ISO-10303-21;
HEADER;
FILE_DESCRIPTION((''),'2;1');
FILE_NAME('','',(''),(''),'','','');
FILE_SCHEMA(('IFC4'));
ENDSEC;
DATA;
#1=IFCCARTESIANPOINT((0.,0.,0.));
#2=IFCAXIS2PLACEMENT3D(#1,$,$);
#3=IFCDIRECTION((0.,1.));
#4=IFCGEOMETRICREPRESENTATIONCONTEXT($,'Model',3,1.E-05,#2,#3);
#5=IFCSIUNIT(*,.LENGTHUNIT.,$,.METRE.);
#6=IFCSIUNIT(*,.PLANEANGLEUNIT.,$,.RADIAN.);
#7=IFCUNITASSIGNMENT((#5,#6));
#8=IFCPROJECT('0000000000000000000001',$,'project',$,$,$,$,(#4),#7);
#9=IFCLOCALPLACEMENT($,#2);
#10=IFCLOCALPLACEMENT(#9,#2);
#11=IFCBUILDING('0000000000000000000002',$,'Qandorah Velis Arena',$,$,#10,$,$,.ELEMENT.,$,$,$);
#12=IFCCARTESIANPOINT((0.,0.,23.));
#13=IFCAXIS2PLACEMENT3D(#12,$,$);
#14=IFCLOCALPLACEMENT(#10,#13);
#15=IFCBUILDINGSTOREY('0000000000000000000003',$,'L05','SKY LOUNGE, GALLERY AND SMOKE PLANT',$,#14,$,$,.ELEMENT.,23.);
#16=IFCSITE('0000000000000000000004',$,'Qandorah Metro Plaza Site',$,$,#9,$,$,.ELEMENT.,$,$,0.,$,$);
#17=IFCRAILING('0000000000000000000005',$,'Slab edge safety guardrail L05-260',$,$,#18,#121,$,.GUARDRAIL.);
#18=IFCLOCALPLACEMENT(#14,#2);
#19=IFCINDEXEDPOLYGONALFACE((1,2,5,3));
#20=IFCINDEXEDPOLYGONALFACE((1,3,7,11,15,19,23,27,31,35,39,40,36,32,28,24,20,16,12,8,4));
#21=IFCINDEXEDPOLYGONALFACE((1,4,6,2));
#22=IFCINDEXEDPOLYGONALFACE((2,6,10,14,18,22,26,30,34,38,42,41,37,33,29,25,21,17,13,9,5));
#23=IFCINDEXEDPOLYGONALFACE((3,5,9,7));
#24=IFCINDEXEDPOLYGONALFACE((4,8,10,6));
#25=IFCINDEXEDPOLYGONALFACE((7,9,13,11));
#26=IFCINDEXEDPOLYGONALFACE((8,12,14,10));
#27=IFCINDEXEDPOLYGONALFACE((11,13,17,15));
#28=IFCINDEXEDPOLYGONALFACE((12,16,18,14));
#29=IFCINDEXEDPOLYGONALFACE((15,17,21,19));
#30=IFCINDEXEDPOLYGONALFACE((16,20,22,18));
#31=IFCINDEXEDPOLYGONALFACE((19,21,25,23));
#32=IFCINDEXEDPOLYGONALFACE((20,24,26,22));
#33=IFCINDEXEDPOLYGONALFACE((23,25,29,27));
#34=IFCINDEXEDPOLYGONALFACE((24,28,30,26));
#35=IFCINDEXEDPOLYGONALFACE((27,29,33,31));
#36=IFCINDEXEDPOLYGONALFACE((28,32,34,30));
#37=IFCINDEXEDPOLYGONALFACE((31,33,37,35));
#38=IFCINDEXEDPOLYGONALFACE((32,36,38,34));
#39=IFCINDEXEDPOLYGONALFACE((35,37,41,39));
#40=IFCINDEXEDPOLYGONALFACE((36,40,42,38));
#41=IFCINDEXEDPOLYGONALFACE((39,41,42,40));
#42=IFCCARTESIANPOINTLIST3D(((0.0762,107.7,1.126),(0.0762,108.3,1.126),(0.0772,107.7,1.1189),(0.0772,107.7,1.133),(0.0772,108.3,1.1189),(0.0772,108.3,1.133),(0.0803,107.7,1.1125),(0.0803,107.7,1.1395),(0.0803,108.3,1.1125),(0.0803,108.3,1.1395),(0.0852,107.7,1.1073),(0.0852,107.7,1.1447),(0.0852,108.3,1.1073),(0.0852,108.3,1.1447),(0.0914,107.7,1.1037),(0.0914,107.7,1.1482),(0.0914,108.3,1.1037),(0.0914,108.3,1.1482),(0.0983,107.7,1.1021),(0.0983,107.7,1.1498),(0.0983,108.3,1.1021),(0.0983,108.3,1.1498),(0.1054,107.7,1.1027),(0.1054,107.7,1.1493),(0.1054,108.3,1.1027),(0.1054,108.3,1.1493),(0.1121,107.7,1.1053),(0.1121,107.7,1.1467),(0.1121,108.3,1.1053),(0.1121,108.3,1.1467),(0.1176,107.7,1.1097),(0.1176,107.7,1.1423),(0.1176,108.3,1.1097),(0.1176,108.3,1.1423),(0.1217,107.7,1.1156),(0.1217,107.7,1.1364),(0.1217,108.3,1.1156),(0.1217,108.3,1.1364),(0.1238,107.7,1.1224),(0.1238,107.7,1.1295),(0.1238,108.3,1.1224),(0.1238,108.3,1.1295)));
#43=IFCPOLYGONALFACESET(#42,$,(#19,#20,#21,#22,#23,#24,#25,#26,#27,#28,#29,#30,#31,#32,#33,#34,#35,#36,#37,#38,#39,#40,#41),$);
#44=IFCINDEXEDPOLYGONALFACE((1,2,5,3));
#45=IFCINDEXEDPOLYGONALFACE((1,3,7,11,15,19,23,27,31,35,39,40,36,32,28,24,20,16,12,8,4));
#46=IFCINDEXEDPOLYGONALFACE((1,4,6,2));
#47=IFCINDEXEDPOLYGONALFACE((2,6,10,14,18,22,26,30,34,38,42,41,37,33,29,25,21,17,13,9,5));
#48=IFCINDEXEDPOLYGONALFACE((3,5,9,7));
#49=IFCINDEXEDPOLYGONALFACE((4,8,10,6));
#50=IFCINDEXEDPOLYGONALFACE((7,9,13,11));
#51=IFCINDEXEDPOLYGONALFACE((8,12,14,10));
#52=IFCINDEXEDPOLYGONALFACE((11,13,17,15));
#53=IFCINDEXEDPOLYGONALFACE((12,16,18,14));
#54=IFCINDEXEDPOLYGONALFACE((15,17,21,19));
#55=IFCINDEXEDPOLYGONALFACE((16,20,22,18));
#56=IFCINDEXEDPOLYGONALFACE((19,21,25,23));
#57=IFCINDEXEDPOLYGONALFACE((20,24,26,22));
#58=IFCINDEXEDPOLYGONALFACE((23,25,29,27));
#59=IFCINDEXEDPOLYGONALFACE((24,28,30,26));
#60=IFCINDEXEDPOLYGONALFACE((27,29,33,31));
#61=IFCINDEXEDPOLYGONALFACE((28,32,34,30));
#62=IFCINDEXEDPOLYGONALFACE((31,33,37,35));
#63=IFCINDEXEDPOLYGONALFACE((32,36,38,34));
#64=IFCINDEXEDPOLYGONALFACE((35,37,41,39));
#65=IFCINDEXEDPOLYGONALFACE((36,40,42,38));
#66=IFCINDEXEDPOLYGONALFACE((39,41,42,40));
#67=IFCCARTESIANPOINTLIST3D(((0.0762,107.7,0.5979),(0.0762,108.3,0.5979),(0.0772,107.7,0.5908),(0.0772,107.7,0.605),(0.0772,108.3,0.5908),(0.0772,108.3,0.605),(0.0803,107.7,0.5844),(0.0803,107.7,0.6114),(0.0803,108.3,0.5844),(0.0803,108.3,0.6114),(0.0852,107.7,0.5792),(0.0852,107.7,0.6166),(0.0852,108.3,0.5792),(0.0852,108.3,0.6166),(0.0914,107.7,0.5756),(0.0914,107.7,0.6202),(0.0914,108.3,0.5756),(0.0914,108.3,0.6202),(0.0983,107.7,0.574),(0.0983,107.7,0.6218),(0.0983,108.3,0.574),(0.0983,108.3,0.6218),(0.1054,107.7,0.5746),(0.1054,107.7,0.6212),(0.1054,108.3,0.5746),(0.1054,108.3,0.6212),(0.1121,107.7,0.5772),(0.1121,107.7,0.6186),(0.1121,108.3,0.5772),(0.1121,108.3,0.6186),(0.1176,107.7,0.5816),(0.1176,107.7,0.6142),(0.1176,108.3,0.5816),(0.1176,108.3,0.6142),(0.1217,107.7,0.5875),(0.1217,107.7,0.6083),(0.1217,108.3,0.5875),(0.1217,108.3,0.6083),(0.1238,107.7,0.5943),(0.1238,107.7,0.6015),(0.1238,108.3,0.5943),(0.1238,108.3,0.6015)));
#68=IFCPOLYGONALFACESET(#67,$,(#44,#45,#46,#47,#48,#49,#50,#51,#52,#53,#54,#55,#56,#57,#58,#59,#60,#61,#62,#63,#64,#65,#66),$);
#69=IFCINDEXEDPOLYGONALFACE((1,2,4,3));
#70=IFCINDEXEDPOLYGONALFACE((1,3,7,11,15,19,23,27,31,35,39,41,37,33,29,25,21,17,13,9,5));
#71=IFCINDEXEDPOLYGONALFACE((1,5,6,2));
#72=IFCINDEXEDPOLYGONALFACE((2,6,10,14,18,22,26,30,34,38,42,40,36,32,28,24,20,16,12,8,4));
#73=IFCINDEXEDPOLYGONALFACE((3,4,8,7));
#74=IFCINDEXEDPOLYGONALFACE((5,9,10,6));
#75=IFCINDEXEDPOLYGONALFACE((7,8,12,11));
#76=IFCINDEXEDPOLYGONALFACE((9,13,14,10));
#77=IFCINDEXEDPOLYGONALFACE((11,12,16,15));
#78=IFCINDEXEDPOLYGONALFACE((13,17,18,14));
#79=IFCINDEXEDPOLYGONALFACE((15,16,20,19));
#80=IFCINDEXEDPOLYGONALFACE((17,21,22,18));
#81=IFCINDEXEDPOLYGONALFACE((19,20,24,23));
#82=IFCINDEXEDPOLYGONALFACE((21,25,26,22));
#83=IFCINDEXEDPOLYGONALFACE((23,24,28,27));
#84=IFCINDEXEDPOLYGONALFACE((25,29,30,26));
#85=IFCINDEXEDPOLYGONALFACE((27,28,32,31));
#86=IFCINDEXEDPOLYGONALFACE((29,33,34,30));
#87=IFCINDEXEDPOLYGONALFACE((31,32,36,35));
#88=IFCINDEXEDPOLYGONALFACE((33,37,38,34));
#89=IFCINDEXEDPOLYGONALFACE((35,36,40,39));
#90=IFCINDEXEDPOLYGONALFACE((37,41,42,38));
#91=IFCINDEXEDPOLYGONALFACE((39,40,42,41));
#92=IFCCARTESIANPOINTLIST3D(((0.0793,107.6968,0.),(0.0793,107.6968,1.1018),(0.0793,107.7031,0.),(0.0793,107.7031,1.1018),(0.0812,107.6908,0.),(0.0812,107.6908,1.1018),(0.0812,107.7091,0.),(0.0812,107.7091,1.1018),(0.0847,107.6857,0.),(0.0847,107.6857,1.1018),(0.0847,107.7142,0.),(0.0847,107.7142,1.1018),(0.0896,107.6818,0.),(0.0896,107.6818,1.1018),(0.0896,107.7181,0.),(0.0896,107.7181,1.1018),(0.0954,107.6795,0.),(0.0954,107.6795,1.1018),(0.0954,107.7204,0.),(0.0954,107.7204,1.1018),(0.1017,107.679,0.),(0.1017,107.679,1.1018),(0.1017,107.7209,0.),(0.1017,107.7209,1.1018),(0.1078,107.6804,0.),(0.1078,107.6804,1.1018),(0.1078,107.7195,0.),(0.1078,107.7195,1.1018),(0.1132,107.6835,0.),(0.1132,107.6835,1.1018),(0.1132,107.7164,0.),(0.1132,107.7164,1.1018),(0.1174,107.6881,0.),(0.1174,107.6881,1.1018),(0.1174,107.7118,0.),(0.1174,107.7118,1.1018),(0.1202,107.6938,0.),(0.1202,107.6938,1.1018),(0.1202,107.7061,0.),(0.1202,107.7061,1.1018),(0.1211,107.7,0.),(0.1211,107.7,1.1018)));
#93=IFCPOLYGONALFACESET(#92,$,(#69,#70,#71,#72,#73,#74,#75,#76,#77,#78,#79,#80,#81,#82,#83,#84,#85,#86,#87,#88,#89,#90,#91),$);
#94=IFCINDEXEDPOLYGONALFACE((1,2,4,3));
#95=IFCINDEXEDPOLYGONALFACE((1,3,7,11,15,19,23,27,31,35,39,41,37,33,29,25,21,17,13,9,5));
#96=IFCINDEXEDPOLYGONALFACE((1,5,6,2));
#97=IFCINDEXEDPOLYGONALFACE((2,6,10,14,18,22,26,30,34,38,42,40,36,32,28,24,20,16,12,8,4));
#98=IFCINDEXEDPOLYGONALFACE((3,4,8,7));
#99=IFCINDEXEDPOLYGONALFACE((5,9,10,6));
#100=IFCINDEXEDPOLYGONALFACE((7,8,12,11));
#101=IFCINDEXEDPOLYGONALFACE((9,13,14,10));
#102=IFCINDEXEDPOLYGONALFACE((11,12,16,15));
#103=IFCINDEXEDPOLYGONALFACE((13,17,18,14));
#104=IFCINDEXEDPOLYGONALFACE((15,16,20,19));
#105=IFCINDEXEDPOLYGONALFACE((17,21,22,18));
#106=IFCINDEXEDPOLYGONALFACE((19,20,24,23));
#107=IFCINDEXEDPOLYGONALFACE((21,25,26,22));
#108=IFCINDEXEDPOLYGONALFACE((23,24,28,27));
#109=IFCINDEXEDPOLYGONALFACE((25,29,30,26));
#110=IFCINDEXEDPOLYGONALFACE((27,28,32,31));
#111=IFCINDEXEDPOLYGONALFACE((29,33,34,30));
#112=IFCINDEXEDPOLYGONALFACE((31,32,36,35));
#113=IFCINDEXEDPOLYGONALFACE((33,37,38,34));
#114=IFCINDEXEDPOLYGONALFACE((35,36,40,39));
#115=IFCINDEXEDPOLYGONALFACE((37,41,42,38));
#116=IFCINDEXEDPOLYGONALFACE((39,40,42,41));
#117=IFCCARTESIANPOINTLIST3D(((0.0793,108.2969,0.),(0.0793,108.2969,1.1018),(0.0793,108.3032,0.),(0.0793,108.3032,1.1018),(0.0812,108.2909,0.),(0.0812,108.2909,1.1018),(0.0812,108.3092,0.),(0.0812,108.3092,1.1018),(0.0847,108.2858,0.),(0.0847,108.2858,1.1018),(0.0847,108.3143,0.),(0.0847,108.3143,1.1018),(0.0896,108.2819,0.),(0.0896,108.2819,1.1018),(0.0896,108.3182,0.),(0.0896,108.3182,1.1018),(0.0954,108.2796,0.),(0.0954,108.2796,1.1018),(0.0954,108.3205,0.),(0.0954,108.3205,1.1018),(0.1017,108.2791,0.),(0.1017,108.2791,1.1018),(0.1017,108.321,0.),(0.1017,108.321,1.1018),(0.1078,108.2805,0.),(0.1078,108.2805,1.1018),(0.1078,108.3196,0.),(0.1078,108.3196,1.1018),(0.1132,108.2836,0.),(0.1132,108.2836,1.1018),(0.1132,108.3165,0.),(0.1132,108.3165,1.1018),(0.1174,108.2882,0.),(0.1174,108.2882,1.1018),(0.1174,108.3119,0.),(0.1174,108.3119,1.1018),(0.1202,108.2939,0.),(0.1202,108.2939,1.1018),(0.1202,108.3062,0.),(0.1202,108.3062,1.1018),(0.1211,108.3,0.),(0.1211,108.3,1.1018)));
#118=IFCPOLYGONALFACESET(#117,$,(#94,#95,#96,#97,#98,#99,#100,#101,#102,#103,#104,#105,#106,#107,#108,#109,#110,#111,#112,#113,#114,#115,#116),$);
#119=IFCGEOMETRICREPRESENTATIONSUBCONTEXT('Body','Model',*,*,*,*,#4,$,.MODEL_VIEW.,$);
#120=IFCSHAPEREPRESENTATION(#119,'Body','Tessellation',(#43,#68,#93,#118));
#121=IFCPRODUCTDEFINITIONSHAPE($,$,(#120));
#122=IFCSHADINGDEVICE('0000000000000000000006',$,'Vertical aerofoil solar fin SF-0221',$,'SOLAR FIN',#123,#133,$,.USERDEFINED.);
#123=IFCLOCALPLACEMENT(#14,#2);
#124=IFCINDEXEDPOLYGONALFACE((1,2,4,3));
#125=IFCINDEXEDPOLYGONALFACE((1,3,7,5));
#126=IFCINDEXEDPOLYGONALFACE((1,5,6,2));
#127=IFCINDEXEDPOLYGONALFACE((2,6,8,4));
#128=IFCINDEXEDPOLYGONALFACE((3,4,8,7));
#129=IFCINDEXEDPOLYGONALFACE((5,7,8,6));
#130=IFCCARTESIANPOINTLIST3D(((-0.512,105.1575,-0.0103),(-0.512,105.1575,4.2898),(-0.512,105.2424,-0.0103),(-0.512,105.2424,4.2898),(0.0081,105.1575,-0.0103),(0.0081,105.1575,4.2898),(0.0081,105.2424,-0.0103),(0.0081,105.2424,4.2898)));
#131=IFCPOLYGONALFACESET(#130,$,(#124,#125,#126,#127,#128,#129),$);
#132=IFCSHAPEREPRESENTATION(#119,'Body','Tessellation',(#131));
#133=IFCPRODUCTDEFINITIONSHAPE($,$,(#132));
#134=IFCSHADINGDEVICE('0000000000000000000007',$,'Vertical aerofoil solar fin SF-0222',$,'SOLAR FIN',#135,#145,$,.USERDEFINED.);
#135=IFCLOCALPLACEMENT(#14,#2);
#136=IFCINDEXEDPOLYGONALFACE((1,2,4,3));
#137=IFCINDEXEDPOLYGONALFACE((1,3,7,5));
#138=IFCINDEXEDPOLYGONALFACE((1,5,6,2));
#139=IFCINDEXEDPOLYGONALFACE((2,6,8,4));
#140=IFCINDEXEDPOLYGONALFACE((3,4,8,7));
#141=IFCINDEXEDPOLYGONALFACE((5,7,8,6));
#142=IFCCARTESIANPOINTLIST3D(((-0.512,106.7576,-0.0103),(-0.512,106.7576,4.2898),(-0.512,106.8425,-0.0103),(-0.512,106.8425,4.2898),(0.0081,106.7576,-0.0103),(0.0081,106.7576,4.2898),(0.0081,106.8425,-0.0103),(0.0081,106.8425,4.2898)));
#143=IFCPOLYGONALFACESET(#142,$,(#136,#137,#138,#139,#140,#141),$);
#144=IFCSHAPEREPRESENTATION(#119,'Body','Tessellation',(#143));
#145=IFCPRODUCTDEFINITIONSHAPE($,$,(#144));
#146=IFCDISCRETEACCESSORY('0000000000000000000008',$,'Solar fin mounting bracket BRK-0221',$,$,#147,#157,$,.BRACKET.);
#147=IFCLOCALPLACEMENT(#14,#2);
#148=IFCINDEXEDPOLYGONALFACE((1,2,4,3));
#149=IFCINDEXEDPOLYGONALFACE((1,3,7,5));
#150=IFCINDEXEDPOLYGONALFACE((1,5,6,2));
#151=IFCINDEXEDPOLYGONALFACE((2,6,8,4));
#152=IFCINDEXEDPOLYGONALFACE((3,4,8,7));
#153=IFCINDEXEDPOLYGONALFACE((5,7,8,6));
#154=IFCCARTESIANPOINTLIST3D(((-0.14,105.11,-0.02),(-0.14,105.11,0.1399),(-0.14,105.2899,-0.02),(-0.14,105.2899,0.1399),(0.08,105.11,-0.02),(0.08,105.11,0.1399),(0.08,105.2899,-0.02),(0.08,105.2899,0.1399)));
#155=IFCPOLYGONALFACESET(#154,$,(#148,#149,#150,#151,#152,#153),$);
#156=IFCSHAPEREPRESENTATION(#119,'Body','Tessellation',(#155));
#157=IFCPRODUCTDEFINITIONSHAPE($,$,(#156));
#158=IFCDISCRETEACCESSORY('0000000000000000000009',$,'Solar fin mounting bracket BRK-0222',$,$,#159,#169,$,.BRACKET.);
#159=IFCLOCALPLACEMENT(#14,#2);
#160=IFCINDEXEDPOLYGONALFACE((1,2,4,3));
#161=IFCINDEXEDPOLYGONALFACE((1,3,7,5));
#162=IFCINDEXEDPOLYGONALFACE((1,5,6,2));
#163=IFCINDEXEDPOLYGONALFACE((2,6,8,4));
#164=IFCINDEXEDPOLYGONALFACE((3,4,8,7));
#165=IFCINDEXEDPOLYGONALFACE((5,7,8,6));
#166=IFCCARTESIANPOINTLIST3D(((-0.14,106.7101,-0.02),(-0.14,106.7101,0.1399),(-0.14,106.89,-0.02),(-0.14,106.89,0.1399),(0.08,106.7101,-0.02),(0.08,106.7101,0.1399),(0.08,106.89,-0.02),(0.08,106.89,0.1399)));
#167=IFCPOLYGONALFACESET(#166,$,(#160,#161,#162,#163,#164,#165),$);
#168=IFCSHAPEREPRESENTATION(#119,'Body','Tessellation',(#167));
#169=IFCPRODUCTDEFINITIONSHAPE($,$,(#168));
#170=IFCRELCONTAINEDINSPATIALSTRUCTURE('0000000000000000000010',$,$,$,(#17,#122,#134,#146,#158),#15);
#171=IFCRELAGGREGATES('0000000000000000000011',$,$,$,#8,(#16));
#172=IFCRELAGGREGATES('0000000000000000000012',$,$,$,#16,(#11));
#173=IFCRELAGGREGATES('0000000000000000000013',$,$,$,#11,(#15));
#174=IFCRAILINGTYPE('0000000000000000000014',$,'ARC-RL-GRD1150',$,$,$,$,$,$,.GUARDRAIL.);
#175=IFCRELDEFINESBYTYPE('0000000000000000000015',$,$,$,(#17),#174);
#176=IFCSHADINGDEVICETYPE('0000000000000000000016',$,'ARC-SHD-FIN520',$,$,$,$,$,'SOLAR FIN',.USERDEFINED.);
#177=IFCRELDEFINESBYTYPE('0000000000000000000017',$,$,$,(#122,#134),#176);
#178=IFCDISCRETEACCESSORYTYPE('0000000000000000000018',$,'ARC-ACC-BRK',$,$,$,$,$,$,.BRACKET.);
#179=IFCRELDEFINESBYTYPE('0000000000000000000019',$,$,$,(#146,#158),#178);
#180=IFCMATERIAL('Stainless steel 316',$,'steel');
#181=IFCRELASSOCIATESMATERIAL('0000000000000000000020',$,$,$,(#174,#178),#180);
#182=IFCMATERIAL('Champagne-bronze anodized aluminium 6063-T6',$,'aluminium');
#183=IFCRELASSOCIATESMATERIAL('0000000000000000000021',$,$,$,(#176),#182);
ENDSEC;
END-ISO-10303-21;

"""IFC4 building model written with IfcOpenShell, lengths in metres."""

from ifc_helpers import new_model, si_unit, direction, frame, origin, origin_2d, place, context, subcontext, project, spatial, rectangle, circle, extrude, material, type_object, element, save


model = new_model("IFC4")

# Units and contexts
model_context = context("Model", 3, precision=1e-05, world=origin(), true_north=direction((0.0, 1.0)))
body_context = subcontext(model_context, "Body", "Model", "MODEL_VIEW")
ifc_project = project(units=[si_unit("LENGTHUNIT", "METRE"), si_unit("PLANEANGLEUNIT", "RADIAN")], contexts=[model_context])

# Site, building, storey
site_placement = place(None, origin())
site = spatial("IfcSite", under=ifc_project, at=site_placement, Name="Qandorah Metro Plaza Site", CompositionType="ELEMENT", RefElevation=0.0)
building_placement = place(site_placement, origin())
building = spatial("IfcBuilding", under=site, at=building_placement, Name="Qandorah Velis Arena", CompositionType="ELEMENT")
storey_placement = place(building_placement, frame((0.0, 0.0, 23.0)))
storey = spatial("IfcBuildingStorey", under=building, at=storey_placement, Name="L05", Description="SKY LOUNGE, GALLERY AND SMOKE PLANT", CompositionType="ELEMENT", Elevation=23.0)

# Shared definitions
ifc_material_1 = material(Name="Champagne-bronze anodized aluminium 6063-T6", Category="aluminium")

# Railing
ifc_material_2 = material(Name="Stainless steel 316", Category="steel")
railing_type = type_object("IfcRailingType", Name="ARC-RL-GRD1150", PredefinedType="GUARDRAIL", material=ifc_material_2)
railing_placement = place(storey_placement, frame((0.1001, 107.7, 0.0)))
element("IfcRailing", 1, at=railing_placement, inside=storey, type_object=railing_type, Name="Slab edge safety guardrail L05-260", PredefinedType="GUARDRAIL", context=body_context, shape_type="SweptSolid", body=[
    extrude(circle(Radius=0.0239, at=origin_2d()), frame((0.0, 0.0, 1.126), z_axis=(0.0, 1.0, 0.0), x_axis=(-1.0, 0.0, 0.0)), (0.0, 0.0, 1.0), 0.6001),
    extrude(circle(Radius=0.0239, at=origin_2d()), frame((0.0, 0.0, 0.5979), z_axis=(0.0, 1.0, 0.0), x_axis=(-1.0, 0.0, 0.0)), (0.0, 0.0, 1.0), 0.6001),
    extrude(circle(Radius=0.021, at=origin_2d()), origin(), (0.0, 0.0, 1.0), 1.1018),
    extrude(circle(Radius=0.021, at=origin_2d()), frame((0.0, 0.6001, 0.0)), (0.0, 0.0, 1.0), 1.1018),
])

# Shading devices
shading_device_type = type_object("IfcShadingDeviceType", Name="ARC-SHD-FIN520", ElementType="SOLAR FIN", PredefinedType="USERDEFINED", material=ifc_material_1)
for number, where, z_axis, x_axis, name in (
    (2, (-0.252, 105.2, -0.0103), (0.0, 0.0, 1.0), (1.0, 0.0, 0.0), "Vertical aerofoil solar fin SF-0221"),
    (3, (-0.252, 106.8, -0.0103), (0.0, 0.0, 1.0), (1.0, 0.0, 0.0), "Vertical aerofoil solar fin SF-0222"),
):
    element("IfcShadingDevice", number, at=place(storey_placement, frame(where, z_axis=z_axis, x_axis=x_axis)), inside=storey, type_object=shading_device_type, Name=name, ObjectType="SOLAR FIN", PredefinedType="USERDEFINED", context=body_context, shape_type="SweptSolid", body=[
        extrude(rectangle(XDim=0.52, YDim=0.085, at=origin_2d()), origin(), (0.0, 0.0, 1.0), 4.3),
    ])

# Discrete accessories
discrete_accessory_type = type_object("IfcDiscreteAccessoryType", Name="ARC-ACC-BRK", PredefinedType="BRACKET", material=ifc_material_2)
for number, where, z_axis, x_axis, name in (
    (4, (-0.03, 105.2, -0.02), (0.0, 0.0, 1.0), (1.0, 0.0, 0.0), "Solar fin mounting bracket BRK-0221"),
    (5, (-0.03, 106.8, -0.02), (0.0, 0.0, 1.0), (1.0, 0.0, 0.0), "Solar fin mounting bracket BRK-0222"),
):
    element("IfcDiscreteAccessory", number, at=place(storey_placement, frame(where, z_axis=z_axis, x_axis=x_axis)), inside=storey, type_object=discrete_accessory_type, Name=name, PredefinedType="BRACKET", context=body_context, shape_type="SweptSolid", body=[
        extrude(rectangle(XDim=0.22, YDim=0.1799, at=origin_2d()), origin(), (0.0, 0.0, 1.0), 0.1599),
    ])

save(model, "model.ifc")
